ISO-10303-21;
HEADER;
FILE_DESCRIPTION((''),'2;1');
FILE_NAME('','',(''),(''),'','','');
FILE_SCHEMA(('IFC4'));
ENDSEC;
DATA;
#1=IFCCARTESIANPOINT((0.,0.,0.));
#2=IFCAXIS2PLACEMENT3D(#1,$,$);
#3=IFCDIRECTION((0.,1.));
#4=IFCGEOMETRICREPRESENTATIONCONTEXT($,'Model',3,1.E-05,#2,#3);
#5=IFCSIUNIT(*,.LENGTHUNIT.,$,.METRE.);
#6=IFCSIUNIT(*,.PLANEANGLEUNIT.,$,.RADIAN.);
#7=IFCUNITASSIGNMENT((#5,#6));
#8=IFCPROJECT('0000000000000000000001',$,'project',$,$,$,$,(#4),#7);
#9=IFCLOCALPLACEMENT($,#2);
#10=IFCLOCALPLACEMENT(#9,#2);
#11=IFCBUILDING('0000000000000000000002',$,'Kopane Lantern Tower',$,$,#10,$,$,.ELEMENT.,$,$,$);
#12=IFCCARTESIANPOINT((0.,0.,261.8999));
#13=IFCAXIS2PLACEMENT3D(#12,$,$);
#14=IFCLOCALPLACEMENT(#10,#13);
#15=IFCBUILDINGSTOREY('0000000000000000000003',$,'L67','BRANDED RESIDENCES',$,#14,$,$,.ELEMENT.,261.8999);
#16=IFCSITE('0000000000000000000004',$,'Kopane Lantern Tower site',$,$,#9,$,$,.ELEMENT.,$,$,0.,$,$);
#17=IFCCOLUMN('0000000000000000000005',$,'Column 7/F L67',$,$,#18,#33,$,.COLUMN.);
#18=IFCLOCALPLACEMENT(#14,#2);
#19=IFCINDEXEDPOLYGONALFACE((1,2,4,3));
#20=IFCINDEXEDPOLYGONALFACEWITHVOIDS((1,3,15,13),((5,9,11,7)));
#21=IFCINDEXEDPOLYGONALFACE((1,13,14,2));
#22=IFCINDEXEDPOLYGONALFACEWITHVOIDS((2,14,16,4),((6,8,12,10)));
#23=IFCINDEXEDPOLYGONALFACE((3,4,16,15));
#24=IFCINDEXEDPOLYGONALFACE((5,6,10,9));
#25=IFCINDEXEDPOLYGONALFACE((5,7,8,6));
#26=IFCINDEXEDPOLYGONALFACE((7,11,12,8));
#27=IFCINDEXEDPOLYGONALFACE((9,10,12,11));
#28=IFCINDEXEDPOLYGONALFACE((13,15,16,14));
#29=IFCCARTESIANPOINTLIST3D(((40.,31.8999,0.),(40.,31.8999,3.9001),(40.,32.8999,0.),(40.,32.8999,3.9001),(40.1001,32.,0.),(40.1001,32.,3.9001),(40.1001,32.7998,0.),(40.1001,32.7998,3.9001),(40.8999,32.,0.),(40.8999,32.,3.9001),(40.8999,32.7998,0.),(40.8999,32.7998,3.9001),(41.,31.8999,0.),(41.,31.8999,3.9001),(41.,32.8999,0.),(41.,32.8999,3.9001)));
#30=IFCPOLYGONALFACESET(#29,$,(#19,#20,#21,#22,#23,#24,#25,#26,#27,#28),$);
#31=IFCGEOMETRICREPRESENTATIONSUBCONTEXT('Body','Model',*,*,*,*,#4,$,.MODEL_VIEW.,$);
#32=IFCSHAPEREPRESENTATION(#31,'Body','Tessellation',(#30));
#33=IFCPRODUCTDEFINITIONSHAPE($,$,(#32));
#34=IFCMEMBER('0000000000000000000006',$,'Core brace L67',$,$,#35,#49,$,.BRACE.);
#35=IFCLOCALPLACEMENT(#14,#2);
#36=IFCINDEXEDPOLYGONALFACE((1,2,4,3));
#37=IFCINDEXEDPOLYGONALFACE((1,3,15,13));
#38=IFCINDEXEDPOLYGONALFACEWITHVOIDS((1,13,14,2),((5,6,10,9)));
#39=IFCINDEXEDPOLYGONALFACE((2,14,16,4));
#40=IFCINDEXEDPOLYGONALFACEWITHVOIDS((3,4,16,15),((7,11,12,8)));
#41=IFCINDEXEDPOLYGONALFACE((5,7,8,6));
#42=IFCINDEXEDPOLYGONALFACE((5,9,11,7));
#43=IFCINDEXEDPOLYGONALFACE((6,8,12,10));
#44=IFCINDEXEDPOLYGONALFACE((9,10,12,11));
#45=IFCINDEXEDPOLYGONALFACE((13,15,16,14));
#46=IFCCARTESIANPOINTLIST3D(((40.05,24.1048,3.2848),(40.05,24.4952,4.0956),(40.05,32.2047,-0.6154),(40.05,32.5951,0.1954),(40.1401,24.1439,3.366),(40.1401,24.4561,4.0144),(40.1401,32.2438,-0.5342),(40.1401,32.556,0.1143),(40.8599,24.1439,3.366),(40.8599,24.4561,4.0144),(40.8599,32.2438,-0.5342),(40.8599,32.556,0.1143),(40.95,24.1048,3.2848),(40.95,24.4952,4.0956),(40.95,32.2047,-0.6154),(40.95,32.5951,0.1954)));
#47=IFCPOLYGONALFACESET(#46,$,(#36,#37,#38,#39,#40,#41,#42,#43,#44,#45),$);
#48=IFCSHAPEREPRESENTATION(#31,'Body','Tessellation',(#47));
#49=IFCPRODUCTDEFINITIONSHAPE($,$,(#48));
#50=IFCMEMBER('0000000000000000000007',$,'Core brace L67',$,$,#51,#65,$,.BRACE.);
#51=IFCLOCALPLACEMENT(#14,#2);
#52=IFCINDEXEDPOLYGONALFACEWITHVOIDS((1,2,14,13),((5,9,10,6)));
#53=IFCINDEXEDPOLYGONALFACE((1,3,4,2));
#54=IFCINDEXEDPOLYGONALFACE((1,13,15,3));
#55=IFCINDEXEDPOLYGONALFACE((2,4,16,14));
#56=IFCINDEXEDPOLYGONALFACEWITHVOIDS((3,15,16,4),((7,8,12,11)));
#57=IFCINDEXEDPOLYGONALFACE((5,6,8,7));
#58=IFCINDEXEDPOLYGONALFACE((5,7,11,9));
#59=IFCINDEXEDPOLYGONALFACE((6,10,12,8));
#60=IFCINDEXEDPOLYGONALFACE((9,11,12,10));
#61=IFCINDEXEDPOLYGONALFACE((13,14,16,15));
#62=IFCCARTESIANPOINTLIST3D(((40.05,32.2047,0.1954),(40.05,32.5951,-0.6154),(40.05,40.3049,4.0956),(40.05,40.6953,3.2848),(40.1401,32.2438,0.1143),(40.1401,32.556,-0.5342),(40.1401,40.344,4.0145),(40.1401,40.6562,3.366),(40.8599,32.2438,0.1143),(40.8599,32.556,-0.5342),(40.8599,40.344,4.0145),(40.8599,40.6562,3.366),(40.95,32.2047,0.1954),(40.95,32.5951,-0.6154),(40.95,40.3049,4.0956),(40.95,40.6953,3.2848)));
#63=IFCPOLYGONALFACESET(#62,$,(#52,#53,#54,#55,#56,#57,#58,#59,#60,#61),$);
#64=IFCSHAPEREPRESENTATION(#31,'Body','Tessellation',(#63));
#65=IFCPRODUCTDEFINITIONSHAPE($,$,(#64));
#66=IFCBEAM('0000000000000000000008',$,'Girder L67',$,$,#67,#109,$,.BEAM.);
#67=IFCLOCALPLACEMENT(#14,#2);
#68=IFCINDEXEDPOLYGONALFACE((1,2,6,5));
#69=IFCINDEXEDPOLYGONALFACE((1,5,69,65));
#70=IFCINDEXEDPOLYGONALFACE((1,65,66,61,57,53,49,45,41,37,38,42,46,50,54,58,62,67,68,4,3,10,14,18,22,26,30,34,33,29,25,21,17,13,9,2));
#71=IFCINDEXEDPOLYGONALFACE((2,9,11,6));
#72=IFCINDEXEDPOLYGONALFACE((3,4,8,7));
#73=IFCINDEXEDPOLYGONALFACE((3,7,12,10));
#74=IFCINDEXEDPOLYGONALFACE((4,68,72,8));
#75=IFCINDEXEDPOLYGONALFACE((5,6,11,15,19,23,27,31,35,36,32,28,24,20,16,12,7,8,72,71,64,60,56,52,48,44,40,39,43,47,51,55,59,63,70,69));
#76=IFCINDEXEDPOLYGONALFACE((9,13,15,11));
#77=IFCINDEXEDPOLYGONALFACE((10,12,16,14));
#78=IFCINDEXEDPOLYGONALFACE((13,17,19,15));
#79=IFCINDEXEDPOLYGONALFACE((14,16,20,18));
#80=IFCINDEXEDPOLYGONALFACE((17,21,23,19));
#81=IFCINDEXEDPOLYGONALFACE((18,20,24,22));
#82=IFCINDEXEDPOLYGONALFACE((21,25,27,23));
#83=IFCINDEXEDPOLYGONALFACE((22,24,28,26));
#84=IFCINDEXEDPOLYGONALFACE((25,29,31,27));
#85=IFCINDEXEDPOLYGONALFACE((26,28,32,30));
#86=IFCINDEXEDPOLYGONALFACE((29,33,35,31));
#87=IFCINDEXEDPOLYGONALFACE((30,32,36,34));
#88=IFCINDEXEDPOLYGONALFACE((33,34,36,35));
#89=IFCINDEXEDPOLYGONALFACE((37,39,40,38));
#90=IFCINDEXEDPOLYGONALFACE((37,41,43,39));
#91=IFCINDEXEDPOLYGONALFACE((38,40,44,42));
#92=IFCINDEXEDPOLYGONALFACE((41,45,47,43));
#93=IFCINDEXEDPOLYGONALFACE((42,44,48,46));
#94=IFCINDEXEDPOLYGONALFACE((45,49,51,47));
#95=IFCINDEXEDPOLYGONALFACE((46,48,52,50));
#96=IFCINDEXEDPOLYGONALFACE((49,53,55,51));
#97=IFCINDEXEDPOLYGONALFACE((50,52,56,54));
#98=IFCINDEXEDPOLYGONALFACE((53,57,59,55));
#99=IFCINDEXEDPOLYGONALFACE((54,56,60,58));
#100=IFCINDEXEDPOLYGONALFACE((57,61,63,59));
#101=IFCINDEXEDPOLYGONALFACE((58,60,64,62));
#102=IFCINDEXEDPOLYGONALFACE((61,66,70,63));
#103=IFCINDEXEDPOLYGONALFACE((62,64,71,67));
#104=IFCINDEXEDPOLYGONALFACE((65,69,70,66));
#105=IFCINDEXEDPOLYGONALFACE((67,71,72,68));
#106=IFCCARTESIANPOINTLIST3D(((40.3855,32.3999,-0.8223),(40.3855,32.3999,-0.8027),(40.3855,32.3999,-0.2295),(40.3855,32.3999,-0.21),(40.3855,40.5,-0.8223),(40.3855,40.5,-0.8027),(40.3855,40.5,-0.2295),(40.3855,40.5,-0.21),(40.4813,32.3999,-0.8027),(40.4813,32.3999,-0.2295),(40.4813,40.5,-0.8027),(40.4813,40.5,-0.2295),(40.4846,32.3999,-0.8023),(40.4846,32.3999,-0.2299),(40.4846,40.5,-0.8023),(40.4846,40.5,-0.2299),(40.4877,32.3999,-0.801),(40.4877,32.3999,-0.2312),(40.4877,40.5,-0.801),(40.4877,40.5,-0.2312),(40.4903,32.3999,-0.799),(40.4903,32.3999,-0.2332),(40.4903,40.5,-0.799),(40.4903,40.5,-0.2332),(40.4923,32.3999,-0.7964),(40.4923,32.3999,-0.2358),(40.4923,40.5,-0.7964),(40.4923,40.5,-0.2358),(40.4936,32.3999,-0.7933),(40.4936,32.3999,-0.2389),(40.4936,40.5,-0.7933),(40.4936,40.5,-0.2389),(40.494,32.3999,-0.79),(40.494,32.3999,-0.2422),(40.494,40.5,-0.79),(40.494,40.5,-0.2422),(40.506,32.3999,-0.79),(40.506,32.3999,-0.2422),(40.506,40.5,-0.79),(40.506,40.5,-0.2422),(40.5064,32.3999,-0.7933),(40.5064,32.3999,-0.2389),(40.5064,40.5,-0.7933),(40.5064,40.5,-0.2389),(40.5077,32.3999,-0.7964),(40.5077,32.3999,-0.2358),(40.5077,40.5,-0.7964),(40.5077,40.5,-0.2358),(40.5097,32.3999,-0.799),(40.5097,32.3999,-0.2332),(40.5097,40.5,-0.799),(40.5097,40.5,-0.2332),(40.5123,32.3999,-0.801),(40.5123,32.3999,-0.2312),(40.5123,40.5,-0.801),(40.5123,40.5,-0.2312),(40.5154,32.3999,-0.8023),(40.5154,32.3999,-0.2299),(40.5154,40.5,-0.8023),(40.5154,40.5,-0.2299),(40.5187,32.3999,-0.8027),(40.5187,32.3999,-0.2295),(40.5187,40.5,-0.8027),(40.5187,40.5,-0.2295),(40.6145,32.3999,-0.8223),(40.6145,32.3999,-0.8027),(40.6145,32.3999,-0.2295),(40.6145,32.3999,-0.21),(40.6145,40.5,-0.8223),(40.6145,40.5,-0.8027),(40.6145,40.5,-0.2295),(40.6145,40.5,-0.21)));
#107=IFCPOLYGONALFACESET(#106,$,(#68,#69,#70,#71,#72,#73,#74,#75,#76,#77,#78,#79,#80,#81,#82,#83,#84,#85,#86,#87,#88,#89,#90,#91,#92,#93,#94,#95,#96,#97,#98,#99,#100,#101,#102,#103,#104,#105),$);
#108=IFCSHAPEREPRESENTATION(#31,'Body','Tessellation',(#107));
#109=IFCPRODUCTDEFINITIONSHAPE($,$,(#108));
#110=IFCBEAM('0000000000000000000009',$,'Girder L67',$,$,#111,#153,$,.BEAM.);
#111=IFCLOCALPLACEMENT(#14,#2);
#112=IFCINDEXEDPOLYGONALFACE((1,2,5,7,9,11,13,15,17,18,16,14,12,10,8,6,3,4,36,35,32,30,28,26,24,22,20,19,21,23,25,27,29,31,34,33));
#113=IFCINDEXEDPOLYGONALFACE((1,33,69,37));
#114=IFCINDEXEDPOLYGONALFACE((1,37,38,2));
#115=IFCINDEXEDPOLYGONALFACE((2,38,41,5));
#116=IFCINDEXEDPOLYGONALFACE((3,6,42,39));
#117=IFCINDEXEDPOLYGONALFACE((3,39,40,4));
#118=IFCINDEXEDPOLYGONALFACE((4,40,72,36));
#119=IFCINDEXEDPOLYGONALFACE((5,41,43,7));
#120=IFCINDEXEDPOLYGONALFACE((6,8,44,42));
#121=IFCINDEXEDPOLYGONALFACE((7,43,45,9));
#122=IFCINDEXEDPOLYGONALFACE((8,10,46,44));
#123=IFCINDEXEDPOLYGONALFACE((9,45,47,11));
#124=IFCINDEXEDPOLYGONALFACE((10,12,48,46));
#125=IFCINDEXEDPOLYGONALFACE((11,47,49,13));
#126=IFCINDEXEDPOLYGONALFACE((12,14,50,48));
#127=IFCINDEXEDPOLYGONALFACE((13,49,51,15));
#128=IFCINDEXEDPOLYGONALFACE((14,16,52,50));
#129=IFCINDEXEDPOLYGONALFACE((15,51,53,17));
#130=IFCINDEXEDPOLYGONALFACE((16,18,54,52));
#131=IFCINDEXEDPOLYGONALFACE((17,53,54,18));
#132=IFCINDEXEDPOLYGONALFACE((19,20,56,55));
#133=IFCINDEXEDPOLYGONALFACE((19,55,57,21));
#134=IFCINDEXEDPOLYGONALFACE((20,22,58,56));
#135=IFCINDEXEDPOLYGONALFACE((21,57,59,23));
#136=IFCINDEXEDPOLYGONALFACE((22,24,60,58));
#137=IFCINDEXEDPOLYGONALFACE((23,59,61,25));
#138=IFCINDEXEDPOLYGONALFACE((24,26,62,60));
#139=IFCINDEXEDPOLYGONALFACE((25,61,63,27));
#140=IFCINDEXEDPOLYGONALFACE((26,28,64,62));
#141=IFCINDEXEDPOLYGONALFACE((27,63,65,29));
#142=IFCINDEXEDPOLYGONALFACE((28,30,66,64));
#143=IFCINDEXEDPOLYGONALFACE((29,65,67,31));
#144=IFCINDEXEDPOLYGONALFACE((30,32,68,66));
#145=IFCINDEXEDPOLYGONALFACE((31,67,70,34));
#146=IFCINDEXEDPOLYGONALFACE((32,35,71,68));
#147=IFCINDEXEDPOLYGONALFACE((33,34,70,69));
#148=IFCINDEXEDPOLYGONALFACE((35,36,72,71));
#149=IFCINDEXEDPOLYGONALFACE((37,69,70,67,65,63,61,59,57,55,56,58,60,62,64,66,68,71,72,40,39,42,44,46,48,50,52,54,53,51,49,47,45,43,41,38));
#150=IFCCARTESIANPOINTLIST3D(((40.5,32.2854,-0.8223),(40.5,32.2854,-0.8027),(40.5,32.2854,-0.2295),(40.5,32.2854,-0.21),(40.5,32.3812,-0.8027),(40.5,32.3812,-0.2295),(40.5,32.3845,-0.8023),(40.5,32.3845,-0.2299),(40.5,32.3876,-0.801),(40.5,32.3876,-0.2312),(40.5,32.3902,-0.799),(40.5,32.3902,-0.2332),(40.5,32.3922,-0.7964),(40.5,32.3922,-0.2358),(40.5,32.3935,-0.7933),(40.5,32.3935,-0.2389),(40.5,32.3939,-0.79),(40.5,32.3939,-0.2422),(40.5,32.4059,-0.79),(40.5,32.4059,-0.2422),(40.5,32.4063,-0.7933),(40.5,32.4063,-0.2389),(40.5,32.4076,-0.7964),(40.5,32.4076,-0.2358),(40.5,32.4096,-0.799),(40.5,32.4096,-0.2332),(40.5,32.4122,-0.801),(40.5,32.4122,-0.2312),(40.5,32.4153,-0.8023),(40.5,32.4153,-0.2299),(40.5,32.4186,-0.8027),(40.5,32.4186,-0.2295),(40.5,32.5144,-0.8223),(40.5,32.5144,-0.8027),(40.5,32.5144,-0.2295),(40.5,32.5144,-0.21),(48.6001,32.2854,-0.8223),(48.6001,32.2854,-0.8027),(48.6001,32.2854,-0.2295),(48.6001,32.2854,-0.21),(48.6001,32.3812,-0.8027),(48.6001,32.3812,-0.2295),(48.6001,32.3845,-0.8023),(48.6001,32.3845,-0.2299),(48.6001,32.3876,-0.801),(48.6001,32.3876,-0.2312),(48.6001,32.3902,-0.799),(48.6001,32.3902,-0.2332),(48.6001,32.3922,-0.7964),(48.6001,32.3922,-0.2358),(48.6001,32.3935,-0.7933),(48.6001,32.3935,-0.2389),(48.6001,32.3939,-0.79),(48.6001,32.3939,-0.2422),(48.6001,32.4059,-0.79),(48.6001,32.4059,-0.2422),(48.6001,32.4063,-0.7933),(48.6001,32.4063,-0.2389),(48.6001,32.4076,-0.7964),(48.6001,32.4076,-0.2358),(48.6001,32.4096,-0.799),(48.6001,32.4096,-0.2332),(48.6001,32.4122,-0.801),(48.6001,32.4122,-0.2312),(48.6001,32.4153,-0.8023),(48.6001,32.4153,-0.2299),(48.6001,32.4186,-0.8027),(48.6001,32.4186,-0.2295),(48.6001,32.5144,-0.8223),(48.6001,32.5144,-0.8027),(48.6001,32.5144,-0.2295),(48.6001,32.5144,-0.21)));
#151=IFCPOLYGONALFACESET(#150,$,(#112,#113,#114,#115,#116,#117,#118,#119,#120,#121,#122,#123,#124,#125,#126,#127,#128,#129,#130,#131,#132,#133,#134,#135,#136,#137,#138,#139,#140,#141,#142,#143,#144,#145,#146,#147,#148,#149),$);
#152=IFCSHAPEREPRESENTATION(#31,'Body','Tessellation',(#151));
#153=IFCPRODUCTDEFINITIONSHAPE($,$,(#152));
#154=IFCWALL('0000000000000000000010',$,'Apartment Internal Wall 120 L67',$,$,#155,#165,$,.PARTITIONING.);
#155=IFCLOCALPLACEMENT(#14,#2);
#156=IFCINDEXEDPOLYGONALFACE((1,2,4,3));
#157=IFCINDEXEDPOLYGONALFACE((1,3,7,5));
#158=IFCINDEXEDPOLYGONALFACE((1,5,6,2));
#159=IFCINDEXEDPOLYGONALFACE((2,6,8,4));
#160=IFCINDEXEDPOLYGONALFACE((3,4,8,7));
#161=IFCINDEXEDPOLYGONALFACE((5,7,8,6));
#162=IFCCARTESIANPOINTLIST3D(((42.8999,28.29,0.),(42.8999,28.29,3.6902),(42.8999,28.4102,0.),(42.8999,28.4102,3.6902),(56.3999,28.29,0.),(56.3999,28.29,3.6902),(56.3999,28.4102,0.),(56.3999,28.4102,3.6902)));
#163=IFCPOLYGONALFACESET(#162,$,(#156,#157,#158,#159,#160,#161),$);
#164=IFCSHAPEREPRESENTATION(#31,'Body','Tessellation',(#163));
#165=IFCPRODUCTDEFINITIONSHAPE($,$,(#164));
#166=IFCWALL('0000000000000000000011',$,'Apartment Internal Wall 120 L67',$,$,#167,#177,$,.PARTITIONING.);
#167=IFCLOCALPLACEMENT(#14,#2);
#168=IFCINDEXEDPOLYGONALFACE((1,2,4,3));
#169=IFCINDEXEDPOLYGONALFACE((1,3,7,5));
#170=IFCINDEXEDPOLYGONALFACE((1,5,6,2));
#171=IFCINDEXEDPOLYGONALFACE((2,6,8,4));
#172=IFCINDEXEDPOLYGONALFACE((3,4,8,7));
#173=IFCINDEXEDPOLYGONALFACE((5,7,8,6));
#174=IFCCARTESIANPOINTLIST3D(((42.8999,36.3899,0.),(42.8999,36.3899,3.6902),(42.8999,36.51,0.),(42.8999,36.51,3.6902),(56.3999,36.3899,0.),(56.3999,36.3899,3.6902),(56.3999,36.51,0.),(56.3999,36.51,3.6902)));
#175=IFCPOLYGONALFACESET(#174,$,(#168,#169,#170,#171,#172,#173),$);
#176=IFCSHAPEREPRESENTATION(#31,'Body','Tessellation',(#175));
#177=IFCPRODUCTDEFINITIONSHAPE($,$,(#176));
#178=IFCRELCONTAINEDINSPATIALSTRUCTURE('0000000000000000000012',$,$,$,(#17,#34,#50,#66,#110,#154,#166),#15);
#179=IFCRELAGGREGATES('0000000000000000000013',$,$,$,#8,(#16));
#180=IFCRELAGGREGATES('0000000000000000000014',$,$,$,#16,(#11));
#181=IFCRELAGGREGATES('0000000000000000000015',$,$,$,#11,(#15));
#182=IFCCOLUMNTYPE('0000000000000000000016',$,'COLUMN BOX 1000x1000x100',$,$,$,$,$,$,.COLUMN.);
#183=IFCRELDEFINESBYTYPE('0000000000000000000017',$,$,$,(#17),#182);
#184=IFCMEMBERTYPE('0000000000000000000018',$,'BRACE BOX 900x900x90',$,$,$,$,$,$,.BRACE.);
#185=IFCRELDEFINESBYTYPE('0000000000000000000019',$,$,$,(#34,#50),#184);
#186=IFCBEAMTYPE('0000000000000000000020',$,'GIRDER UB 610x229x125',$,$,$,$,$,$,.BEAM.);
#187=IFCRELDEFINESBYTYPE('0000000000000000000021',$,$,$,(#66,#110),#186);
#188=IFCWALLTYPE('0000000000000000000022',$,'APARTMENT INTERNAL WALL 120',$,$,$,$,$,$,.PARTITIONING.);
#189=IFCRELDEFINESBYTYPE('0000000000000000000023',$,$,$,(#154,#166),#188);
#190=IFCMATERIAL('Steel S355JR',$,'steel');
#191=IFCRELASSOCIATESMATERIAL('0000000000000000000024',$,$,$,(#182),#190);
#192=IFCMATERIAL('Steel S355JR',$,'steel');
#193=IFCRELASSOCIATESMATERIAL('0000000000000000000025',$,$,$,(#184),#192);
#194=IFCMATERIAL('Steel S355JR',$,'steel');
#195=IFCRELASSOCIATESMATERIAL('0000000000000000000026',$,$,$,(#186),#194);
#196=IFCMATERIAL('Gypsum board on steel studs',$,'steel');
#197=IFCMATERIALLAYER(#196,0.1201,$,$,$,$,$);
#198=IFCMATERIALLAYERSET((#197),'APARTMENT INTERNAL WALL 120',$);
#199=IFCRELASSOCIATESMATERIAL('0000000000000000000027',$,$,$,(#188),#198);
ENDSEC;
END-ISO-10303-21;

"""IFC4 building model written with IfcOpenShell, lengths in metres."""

from ifc_helpers import new_model, si_unit, direction, frame, frame_2d, origin, origin_2d, place, context, subcontext, project, spatial, rectangle, hollow_rectangle, i_section, extrude, material, layer, layer_set, material_profile, profile_set, type_object, element, save


model = new_model("IFC4")

# Units and contexts
model_context = context("Model", 3, precision=1e-05, world=origin(), true_north=direction((0.0, 1.0)))
body_context = subcontext(model_context, "Body", "Model", "MODEL_VIEW")
ifc_project = project(units=[si_unit("LENGTHUNIT", "METRE"), si_unit("PLANEANGLEUNIT", "RADIAN")], contexts=[model_context])

# Site, building, storey
site_placement = place(None, origin())
site = spatial("IfcSite", under=ifc_project, at=site_placement, Name="Kopane Lantern Tower site", CompositionType="ELEMENT", RefElevation=0.0)
building_placement = place(site_placement, origin())
building = spatial("IfcBuilding", under=site, at=building_placement, Name="Kopane Lantern Tower", CompositionType="ELEMENT")
storey_placement = place(building_placement, frame((0.0, 0.0, 261.8999)))
storey = spatial("IfcBuildingStorey", under=building, at=storey_placement, Name="L67", Description="BRANDED RESIDENCES", CompositionType="ELEMENT", Elevation=261.8999)

# Column
ifc_material_1 = material(Name="Steel S355JR", Category="steel")
ifc_material_profile_1 = material_profile(ifc_material_1, hollow_rectangle(XDim=1.0, YDim=1.0, WallThickness=0.1001, at=origin_2d()), Name="BOX 1000x1000x100")
ifc_profile_set_1 = profile_set([ifc_material_profile_1], Name="Steel S355JR")
column_type = type_object("IfcColumnType", Name="COLUMN BOX 1000x1000x100", PredefinedType="COLUMN", material=ifc_profile_set_1)
column_placement = place(storey_placement, frame((40.5, 32.3999, 0.0), z_axis=(0.0, 0.0, 1.0), x_axis=(1.0, 0.0, 0.0)))
element("IfcColumn", 1, at=column_placement, inside=storey, type_object=column_type, Name="Column 7/F L67", PredefinedType="COLUMN", context=body_context, shape_type="SweptSolid", body=[
    extrude(hollow_rectangle(XDim=1.0, YDim=1.0, WallThickness=0.1001, at=origin_2d()), origin(), (0.0, 0.0, 1.0), 3.9001),
])

# Members
ifc_material_2 = material(Name="Steel S355JR", Category="steel")
ifc_material_profile_2 = material_profile(ifc_material_2, hollow_rectangle(XDim=0.8999, YDim=0.8999, WallThickness=0.0901, at=origin_2d()), Name="BOX 900x900x90")
ifc_profile_set_2 = profile_set([ifc_material_profile_2], Name="Steel S355JR")
member_type = type_object("IfcMemberType", Name="BRACE BOX 900x900x90", PredefinedType="BRACE", material=ifc_profile_set_2)
member_1_placement = place(storey_placement, frame((40.5, 32.3999, -0.21), z_axis=(0.0, -0.900992, 0.433835), x_axis=(1.0, 0.0, 0.0)))
element("IfcMember", 2, at=member_1_placement, inside=storey, type_object=member_type, Name="Core brace L67", PredefinedType="BRACE", context=body_context, shape_type="SweptSolid", body=[
    extrude(hollow_rectangle(XDim=0.8999, YDim=0.8999, WallThickness=0.0901, at=origin_2d()), origin(), (0.0, 0.0, 1.0), 8.99),
])
member_2_placement = place(storey_placement, frame((40.5, 32.3999, -0.21), z_axis=(0.0, 0.900997, 0.433825), x_axis=(-1.0, 0.0, 0.0)))
element("IfcMember", 3, at=member_2_placement, inside=storey, type_object=member_type, Name="Core brace L67", PredefinedType="BRACE", context=body_context, shape_type="SweptSolid", body=[
    extrude(hollow_rectangle(XDim=0.8999, YDim=0.8999, WallThickness=0.0901, at=origin_2d()), origin(), (0.0, 0.0, 1.0), 8.9902),
])

# Beams
ifc_material_3 = material(Name="Steel S355JR", Category="steel")
ifc_material_profile_3 = material_profile(ifc_material_3, i_section(OverallWidth=0.229, OverallDepth=0.6123, WebThickness=0.012, FlangeThickness=0.0195, FilletRadius=0.0127, at=origin_2d()), Name="UB 610x229x125")
ifc_profile_set_3 = profile_set([ifc_material_profile_3], Name="Steel S355JR")
beam_type = type_object("IfcBeamType", Name="GIRDER UB 610x229x125", PredefinedType="BEAM", material=ifc_profile_set_3)
for number, where, z_axis, x_axis, name in (
    (4, (40.5, 32.3999, -0.5161), (0.0, 1.0, 0.0), (-1.0, 0.0, 0.0), "Girder L67"),
    (5, (40.5, 32.3999, -0.5161), (1.0, 0.0, 0.0), (0.0, 1.0, 0.0), "Girder L67"),
):
    element("IfcBeam", number, at=place(storey_placement, frame(where, z_axis=z_axis, x_axis=x_axis)), inside=storey, type_object=beam_type, Name=name, PredefinedType="BEAM", context=body_context, shape_type="SweptSolid", body=[
        extrude(i_section(OverallWidth=0.229, OverallDepth=0.6123, WebThickness=0.012, FlangeThickness=0.0195, FilletRadius=0.0127, at=origin_2d()), origin(), (0.0, 0.0, 1.0), 8.1001),
    ])

# Walls
ifc_material_4 = material(Name="Gypsum board on steel studs", Category="steel")
ifc_layer_1 = layer(ifc_material_4, 0.1201)
ifc_layer_set_1 = layer_set([ifc_layer_1], Name="APARTMENT INTERNAL WALL 120")
wall_type_1 = type_object("IfcWallType", Name="APARTMENT INTERNAL WALL 120", PredefinedType="PARTITIONING", material=ifc_layer_set_1)
for number, where, z_axis, x_axis, name in (
    (6, (42.8999, 28.3501, 0.0), (0.0, 0.0, 1.0), (1.0, 0.0, 0.0), "Apartment Internal Wall 120 L67"),
    (7, (42.8999, 36.45, 0.0), (0.0, 0.0, 1.0), (1.0, 0.0, 0.0), "Apartment Internal Wall 120 L67"),
):
    element("IfcWall", number, at=place(storey_placement, frame(where, z_axis=z_axis, x_axis=x_axis)), inside=storey, type_object=wall_type_1, Name=name, PredefinedType="PARTITIONING", context=body_context, shape_type="SweptSolid", body=[
        extrude(rectangle(XDim=13.5, YDim=0.1201, at=frame_2d((6.75, 0.0))), origin(), (0.0, 0.0, 1.0), 3.6902),
    ])

save(model, "model.ifc")
